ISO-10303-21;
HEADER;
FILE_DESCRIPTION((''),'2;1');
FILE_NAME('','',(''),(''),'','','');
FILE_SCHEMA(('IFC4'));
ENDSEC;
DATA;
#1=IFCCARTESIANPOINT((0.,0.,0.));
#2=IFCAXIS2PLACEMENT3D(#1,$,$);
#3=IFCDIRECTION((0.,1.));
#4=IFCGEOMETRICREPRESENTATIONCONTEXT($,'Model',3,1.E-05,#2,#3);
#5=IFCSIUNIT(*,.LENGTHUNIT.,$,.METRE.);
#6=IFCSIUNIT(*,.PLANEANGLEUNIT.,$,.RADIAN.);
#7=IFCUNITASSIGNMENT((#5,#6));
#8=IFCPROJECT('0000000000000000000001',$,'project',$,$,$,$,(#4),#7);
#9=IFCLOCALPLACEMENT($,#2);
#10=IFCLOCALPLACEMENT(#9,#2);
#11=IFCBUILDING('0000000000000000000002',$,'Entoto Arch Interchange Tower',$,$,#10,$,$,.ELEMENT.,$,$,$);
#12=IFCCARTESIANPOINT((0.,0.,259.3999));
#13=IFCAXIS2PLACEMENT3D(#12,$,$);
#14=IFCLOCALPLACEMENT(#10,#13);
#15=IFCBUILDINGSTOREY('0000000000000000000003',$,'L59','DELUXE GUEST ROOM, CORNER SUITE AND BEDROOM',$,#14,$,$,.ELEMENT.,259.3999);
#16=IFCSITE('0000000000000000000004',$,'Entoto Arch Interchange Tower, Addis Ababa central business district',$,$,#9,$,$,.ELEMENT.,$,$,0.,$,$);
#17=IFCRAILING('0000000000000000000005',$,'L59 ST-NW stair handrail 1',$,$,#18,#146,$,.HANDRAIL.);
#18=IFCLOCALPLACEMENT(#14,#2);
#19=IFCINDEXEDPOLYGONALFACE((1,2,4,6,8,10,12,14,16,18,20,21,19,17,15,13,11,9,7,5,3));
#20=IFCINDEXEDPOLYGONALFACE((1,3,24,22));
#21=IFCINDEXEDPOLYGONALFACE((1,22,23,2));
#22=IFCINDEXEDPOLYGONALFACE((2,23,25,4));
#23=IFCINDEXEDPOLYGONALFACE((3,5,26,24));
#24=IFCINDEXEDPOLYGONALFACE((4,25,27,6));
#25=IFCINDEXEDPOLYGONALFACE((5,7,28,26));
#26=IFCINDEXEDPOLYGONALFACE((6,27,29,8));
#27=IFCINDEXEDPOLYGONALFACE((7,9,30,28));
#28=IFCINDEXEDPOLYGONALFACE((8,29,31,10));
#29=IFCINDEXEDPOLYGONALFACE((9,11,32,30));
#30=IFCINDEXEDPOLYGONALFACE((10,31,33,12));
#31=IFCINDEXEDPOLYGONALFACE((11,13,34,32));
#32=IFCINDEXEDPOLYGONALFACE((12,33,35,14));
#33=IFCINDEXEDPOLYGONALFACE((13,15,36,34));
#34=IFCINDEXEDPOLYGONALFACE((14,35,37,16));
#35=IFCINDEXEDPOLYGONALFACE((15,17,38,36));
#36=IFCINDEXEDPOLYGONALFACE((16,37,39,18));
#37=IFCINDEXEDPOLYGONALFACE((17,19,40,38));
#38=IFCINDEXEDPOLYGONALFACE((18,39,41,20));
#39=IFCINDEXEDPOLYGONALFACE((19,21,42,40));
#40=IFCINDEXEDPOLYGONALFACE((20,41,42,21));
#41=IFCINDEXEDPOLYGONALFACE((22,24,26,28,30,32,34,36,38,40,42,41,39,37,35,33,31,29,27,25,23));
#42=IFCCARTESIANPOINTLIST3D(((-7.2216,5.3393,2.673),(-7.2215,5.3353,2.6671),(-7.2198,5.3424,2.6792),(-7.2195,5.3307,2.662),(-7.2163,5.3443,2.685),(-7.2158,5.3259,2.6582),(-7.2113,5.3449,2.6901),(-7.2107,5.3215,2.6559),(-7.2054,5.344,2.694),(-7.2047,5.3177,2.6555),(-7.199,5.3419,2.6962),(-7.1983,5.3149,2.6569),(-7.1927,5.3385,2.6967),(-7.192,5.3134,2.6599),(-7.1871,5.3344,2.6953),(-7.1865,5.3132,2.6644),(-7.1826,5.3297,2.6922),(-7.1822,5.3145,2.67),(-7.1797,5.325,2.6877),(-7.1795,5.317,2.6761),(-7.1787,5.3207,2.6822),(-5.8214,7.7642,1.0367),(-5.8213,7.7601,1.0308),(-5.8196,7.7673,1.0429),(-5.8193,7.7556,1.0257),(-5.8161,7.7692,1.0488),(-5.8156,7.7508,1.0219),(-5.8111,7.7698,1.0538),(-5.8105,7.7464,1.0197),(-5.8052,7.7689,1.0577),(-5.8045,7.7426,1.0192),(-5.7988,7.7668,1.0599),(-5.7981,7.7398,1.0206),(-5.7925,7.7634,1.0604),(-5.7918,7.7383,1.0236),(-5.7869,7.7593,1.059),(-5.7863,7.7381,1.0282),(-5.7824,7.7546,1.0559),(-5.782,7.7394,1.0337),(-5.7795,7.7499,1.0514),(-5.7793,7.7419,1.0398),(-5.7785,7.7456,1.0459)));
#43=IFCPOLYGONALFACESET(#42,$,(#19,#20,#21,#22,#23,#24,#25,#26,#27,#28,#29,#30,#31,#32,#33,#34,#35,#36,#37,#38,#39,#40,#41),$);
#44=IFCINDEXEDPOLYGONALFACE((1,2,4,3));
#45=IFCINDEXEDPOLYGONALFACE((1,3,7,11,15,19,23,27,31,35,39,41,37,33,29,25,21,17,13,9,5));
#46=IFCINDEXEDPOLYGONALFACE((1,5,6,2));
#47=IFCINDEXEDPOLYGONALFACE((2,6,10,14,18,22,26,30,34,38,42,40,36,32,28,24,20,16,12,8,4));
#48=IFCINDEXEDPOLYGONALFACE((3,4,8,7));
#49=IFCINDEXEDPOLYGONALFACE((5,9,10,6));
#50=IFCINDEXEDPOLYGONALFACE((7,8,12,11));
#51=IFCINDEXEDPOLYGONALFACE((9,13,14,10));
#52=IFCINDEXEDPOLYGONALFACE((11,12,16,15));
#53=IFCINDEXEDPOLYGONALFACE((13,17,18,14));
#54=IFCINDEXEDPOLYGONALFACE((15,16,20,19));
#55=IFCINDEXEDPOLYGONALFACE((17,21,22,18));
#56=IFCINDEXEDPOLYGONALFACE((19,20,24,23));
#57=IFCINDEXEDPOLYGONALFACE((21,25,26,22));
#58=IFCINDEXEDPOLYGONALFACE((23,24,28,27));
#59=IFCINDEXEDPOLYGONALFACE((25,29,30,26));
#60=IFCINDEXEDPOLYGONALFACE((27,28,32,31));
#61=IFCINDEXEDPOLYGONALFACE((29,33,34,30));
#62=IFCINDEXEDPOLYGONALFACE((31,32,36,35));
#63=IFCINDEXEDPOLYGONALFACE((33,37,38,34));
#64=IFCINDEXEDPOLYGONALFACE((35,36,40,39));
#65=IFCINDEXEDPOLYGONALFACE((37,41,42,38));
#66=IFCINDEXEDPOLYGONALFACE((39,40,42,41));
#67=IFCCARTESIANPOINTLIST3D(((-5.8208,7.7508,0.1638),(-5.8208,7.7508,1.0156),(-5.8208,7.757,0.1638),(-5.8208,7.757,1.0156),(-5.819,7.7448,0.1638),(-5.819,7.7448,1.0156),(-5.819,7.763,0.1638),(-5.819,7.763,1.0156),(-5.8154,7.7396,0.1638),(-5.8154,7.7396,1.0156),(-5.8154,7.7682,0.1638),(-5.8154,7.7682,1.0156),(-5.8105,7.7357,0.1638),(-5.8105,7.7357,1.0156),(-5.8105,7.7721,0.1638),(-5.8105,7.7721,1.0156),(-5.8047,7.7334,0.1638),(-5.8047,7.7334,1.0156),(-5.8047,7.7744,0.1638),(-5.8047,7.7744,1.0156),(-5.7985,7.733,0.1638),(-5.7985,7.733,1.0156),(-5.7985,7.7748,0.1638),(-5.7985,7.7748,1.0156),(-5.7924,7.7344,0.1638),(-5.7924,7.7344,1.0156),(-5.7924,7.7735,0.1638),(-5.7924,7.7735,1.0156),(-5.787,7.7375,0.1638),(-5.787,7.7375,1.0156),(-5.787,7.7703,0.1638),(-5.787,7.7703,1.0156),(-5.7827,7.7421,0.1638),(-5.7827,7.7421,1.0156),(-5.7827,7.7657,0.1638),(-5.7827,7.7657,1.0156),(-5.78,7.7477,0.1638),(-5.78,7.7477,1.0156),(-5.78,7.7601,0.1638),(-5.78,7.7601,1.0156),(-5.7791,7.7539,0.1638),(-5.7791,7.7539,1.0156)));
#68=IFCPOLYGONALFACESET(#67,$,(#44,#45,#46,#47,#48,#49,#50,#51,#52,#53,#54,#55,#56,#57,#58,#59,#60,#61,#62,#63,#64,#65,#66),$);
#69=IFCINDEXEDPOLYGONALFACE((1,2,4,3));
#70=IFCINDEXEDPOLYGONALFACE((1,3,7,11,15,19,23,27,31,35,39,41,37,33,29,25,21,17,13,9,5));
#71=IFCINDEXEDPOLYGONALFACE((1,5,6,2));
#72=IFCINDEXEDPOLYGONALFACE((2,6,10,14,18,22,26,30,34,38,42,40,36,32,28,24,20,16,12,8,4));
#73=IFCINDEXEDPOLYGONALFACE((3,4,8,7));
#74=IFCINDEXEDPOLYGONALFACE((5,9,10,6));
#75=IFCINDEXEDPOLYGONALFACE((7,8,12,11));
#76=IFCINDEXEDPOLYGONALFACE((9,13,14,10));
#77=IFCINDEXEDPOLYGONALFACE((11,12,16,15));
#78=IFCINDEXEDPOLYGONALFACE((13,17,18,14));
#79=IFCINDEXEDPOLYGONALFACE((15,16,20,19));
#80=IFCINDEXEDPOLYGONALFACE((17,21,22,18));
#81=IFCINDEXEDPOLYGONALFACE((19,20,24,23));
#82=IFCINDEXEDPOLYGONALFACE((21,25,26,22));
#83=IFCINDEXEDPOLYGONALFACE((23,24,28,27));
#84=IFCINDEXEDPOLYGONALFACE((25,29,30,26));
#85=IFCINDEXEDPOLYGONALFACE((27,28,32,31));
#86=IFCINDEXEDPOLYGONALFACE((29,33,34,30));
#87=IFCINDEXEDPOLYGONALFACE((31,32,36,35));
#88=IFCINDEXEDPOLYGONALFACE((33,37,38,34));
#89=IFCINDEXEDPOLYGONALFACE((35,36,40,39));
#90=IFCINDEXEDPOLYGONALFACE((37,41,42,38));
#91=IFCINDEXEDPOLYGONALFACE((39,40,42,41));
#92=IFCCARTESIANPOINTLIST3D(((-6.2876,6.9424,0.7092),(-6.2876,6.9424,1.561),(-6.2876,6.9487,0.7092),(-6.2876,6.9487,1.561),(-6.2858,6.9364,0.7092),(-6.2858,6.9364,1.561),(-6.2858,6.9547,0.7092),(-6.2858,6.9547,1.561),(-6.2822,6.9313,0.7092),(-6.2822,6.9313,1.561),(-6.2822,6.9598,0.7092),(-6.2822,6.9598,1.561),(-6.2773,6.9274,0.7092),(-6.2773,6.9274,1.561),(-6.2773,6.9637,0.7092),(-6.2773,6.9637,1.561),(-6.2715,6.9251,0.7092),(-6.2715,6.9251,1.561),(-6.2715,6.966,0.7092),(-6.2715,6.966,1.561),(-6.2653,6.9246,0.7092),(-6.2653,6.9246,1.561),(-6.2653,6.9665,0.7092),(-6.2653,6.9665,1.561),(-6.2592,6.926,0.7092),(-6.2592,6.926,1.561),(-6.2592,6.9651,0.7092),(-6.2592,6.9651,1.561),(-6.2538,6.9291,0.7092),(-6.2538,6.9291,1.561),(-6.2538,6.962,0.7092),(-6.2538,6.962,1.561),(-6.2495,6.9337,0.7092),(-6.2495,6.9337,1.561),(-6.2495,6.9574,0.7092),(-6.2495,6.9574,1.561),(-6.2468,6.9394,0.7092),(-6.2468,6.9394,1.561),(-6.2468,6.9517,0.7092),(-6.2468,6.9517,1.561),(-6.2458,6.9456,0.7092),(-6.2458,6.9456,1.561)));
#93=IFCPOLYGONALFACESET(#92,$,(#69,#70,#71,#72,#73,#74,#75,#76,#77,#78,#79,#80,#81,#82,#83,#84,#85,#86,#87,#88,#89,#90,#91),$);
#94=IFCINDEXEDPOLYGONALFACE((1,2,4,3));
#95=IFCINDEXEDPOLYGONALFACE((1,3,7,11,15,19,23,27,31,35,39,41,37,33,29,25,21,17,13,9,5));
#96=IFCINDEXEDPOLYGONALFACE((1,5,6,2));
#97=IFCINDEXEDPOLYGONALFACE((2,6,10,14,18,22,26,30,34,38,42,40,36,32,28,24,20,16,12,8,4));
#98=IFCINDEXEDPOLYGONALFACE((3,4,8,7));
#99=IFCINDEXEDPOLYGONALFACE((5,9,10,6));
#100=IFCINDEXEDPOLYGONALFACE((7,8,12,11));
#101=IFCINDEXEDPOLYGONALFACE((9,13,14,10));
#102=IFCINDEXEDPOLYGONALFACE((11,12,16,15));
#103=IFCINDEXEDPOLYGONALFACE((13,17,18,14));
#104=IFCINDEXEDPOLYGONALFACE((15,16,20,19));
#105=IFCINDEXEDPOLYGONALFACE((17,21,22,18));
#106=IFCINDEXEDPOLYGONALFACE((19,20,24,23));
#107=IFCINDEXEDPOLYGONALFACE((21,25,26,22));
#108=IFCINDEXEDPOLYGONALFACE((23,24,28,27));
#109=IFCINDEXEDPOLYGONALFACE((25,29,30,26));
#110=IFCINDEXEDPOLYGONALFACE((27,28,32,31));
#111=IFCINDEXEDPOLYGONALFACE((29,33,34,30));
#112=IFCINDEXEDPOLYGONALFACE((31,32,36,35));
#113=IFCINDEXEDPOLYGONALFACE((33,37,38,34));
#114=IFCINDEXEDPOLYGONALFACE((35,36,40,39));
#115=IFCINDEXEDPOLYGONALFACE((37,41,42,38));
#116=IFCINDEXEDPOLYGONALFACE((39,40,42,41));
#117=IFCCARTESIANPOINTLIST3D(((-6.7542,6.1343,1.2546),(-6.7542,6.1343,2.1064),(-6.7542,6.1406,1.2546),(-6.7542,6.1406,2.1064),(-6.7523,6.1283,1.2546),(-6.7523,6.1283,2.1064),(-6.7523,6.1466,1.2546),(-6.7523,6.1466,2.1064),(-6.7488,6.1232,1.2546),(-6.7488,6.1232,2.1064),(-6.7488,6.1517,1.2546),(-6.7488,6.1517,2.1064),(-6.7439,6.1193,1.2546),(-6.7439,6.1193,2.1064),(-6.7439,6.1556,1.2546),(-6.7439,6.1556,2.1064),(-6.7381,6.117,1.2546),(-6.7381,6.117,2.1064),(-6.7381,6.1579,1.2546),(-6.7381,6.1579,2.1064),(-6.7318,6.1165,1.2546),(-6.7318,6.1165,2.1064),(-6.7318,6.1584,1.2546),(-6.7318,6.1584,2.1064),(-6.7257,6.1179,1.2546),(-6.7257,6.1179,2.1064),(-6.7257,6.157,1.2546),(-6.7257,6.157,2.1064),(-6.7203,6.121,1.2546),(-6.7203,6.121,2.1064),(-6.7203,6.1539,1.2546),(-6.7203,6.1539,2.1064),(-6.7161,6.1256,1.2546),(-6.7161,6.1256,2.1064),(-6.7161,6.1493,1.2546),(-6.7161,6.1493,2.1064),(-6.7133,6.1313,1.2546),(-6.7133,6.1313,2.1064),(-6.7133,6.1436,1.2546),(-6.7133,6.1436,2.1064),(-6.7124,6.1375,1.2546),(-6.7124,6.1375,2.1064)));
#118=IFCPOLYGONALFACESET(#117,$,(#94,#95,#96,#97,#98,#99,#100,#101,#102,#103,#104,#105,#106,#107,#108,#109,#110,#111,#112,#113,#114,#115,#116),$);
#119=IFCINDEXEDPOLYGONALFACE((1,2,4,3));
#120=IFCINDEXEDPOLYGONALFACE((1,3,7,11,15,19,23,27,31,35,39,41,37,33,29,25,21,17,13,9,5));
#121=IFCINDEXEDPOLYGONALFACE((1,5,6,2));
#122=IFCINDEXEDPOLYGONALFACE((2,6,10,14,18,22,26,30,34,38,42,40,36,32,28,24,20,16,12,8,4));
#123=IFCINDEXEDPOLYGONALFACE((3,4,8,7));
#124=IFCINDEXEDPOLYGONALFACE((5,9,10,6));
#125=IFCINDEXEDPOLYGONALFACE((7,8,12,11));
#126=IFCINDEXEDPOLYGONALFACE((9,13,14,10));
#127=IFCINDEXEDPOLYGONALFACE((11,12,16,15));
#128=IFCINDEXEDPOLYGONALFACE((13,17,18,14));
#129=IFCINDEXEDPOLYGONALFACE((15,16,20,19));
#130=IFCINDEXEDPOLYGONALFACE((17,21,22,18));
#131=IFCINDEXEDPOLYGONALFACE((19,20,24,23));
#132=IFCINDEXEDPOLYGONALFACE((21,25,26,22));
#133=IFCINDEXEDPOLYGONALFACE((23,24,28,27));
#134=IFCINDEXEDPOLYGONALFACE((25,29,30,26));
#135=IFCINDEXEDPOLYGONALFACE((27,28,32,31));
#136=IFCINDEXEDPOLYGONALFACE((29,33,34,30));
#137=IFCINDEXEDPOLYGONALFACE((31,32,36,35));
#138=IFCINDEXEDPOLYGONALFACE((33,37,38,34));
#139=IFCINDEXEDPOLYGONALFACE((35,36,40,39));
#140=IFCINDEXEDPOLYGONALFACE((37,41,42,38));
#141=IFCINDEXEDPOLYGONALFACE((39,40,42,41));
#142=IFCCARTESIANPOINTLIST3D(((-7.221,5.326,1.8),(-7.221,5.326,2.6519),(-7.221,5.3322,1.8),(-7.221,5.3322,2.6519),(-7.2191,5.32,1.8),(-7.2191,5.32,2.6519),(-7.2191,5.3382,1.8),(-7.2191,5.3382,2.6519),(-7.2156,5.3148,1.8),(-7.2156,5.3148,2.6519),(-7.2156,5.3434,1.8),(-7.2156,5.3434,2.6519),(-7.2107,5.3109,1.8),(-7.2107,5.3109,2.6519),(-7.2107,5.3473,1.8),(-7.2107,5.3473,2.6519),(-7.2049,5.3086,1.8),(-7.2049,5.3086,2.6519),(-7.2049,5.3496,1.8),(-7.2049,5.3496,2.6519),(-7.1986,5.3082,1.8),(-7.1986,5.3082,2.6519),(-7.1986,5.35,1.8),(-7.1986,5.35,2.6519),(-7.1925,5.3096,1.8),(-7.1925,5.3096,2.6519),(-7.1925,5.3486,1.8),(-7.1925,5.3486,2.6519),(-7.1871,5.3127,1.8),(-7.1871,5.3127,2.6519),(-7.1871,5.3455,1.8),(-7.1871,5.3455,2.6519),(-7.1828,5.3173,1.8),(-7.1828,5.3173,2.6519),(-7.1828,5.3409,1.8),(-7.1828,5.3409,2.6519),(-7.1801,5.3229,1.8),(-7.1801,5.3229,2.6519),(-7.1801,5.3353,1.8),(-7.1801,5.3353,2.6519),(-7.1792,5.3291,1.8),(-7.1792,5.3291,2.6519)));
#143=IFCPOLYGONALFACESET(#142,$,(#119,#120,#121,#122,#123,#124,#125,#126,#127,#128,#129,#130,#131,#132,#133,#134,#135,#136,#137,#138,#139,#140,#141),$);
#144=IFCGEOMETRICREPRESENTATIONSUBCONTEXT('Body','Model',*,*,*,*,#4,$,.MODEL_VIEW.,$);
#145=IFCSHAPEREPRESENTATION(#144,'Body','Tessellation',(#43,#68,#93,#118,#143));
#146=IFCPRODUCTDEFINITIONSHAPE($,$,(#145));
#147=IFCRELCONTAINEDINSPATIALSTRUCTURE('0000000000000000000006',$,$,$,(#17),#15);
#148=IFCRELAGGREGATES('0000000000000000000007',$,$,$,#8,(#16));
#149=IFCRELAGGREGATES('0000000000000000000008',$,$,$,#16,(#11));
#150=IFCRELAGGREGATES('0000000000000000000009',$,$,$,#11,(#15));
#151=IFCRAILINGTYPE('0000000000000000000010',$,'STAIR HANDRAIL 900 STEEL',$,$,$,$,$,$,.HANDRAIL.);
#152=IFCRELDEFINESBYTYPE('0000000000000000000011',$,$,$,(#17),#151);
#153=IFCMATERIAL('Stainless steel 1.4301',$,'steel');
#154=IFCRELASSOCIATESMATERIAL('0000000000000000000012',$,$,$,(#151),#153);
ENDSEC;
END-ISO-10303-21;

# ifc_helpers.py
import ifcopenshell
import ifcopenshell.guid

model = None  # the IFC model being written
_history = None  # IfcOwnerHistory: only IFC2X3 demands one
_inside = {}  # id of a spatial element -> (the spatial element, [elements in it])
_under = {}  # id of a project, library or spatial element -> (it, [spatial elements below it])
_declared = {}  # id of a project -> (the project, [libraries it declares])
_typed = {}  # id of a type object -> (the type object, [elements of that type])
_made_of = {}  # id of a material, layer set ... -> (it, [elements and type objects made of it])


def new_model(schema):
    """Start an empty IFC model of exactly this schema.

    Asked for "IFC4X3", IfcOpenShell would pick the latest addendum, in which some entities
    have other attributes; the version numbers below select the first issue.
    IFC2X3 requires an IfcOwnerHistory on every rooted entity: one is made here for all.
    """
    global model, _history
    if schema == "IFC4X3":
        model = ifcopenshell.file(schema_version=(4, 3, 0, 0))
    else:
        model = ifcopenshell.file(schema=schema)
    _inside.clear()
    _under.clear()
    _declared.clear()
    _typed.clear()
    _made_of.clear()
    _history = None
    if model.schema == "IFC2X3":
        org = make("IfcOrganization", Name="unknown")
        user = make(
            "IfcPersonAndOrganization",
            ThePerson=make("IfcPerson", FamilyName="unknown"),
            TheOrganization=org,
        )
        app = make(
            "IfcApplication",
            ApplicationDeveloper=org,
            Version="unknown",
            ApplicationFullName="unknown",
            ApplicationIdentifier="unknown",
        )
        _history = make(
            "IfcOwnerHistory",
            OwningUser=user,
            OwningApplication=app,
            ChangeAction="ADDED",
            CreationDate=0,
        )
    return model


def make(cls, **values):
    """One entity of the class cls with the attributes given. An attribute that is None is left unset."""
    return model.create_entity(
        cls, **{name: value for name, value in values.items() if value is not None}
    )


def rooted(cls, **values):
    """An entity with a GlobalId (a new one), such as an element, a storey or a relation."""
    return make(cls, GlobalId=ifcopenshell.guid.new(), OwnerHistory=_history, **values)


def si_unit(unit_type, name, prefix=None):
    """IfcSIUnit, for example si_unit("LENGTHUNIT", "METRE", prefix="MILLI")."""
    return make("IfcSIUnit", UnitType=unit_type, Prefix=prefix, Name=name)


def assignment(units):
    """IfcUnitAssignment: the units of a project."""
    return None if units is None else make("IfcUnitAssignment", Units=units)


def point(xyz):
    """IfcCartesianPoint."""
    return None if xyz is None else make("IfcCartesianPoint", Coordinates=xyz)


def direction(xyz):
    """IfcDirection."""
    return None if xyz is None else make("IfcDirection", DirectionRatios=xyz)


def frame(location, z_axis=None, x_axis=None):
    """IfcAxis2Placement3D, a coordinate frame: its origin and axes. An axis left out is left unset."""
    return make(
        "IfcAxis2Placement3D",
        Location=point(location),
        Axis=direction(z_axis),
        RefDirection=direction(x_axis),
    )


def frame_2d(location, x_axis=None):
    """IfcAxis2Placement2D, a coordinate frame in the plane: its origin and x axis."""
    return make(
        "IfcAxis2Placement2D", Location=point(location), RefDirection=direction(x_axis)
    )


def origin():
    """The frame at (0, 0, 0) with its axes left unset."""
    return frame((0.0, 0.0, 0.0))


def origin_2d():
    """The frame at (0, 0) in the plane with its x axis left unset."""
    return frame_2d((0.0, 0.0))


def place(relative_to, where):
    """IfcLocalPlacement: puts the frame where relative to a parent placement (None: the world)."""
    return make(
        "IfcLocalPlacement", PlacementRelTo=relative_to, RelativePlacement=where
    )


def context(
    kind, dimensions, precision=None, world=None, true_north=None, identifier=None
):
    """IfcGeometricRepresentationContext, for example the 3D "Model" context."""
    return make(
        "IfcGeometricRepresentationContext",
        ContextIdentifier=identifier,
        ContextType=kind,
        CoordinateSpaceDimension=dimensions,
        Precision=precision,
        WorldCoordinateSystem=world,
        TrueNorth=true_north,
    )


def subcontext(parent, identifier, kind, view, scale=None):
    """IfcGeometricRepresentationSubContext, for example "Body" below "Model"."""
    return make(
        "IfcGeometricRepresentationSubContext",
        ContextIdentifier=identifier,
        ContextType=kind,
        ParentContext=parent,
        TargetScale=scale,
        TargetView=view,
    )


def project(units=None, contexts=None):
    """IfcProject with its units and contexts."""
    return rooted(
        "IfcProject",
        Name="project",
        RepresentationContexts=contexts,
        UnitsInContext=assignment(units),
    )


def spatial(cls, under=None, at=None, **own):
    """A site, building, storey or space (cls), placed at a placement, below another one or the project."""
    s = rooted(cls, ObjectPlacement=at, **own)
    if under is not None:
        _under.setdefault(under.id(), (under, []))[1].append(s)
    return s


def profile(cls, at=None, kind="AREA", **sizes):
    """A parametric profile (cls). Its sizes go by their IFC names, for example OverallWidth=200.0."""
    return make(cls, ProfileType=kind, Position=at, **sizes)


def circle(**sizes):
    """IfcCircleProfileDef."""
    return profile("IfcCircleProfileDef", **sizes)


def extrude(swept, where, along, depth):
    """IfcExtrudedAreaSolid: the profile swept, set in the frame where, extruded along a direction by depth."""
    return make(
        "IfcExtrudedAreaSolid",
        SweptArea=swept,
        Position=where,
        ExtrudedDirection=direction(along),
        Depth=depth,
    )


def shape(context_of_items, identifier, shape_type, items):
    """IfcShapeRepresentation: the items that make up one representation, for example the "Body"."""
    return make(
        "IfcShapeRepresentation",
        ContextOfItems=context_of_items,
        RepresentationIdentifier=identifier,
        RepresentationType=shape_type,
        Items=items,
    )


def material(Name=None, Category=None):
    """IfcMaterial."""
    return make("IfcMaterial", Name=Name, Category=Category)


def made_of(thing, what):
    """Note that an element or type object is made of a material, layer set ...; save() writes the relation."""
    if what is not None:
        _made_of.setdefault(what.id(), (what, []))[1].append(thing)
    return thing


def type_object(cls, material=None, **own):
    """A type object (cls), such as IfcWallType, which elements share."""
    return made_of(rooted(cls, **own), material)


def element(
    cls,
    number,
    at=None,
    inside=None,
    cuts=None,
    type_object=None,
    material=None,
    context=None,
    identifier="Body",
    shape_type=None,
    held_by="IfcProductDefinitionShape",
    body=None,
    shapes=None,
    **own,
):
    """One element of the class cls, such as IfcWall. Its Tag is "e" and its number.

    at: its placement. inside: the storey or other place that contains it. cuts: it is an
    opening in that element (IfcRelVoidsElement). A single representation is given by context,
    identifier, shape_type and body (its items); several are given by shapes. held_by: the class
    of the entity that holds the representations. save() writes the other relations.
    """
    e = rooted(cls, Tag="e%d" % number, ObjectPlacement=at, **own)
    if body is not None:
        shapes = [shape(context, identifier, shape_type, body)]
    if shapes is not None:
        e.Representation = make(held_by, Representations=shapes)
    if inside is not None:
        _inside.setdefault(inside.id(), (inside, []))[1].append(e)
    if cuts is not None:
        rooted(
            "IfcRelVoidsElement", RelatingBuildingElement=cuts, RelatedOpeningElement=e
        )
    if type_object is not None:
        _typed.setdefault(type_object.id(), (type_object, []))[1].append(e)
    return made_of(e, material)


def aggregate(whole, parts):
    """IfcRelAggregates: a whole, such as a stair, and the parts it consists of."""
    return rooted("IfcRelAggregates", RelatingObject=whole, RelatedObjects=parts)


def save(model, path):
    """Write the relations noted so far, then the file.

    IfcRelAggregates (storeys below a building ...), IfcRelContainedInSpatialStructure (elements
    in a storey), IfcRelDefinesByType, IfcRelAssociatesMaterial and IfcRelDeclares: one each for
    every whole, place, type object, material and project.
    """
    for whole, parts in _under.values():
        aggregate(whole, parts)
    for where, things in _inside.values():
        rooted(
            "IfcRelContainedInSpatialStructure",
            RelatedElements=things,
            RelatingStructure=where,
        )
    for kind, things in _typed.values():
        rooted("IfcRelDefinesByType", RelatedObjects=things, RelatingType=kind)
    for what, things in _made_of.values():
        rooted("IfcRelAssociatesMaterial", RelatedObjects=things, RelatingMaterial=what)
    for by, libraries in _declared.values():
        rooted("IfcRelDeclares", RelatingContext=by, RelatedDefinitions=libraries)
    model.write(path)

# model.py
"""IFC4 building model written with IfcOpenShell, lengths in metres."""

from ifc_helpers import new_model, si_unit, direction, frame, origin, origin_2d, place, context, subcontext, project, spatial, circle, extrude, material, type_object, element, save


model = new_model("IFC4")

# Units and contexts
model_context = context("Model", 3, precision=1e-05, world=origin(), true_north=direction((0.0, 1.0)))
body_context = subcontext(model_context, "Body", "Model", "MODEL_VIEW")
ifc_project = project(units=[si_unit("LENGTHUNIT", "METRE"), si_unit("PLANEANGLEUNIT", "RADIAN")], contexts=[model_context])

# Site, building, storey
site_placement = place(None, origin())
site = spatial("IfcSite", under=ifc_project, at=site_placement, Name="Entoto Arch Interchange Tower, Addis Ababa central business district", CompositionType="ELEMENT", RefElevation=0.0)
building_placement = place(site_placement, origin())
building = spatial("IfcBuilding", under=site, at=building_placement, Name="Entoto Arch Interchange Tower", CompositionType="ELEMENT")
storey_placement = place(building_placement, frame((0.0, 0.0, 259.3999)))
storey = spatial("IfcBuildingStorey", under=building, at=storey_placement, Name="L59", Description="DELUXE GUEST ROOM, CORNER SUITE AND BEDROOM", CompositionType="ELEMENT", Elevation=259.3999)

# Railing
ifc_material_1 = material(Name="Stainless steel 1.4301", Category="steel")
railing_type_1 = type_object("IfcRailingType", Name="STAIR HANDRAIL 900 STEEL", PredefinedType="HANDRAIL", material=ifc_material_1)
railing_1_placement = place(storey_placement, frame((-5.8, 7.7539, 0.1638)))
element("IfcRailing", 1, at=railing_1_placement, inside=storey, type_object=railing_type_1, Name="L59 ST-NW stair handrail 1", PredefinedType="HANDRAIL", context=body_context, shape_type="SweptSolid", body=[
    extrude(circle(Radius=0.0239, at=origin_2d()), frame((0.0, 0.0, 0.876), z_axis=(-0.431738, -0.747694, 0.504535), x_axis=(0.865997, -0.50005, 0.0)), (0.0, 0.0, 1.0), 3.2432),
    extrude(circle(Radius=0.021, at=origin_2d()), origin(), (0.0, 0.0, 1.0), 0.8518),
    extrude(circle(Radius=0.021, at=origin_2d()), frame((-0.4668, -0.8083, 0.5454)), (0.0, 0.0, 1.0), 0.8518),
    extrude(circle(Radius=0.021, at=origin_2d()), frame((-0.9333, -1.6165, 1.0908)), (0.0, 0.0, 1.0), 0.8518),
    extrude(circle(Radius=0.021, at=origin_2d()), frame((-1.4001, -2.4248, 1.6362)), (0.0, 0.0, 1.0), 0.8518),
])

save(model, "model.ifc")
